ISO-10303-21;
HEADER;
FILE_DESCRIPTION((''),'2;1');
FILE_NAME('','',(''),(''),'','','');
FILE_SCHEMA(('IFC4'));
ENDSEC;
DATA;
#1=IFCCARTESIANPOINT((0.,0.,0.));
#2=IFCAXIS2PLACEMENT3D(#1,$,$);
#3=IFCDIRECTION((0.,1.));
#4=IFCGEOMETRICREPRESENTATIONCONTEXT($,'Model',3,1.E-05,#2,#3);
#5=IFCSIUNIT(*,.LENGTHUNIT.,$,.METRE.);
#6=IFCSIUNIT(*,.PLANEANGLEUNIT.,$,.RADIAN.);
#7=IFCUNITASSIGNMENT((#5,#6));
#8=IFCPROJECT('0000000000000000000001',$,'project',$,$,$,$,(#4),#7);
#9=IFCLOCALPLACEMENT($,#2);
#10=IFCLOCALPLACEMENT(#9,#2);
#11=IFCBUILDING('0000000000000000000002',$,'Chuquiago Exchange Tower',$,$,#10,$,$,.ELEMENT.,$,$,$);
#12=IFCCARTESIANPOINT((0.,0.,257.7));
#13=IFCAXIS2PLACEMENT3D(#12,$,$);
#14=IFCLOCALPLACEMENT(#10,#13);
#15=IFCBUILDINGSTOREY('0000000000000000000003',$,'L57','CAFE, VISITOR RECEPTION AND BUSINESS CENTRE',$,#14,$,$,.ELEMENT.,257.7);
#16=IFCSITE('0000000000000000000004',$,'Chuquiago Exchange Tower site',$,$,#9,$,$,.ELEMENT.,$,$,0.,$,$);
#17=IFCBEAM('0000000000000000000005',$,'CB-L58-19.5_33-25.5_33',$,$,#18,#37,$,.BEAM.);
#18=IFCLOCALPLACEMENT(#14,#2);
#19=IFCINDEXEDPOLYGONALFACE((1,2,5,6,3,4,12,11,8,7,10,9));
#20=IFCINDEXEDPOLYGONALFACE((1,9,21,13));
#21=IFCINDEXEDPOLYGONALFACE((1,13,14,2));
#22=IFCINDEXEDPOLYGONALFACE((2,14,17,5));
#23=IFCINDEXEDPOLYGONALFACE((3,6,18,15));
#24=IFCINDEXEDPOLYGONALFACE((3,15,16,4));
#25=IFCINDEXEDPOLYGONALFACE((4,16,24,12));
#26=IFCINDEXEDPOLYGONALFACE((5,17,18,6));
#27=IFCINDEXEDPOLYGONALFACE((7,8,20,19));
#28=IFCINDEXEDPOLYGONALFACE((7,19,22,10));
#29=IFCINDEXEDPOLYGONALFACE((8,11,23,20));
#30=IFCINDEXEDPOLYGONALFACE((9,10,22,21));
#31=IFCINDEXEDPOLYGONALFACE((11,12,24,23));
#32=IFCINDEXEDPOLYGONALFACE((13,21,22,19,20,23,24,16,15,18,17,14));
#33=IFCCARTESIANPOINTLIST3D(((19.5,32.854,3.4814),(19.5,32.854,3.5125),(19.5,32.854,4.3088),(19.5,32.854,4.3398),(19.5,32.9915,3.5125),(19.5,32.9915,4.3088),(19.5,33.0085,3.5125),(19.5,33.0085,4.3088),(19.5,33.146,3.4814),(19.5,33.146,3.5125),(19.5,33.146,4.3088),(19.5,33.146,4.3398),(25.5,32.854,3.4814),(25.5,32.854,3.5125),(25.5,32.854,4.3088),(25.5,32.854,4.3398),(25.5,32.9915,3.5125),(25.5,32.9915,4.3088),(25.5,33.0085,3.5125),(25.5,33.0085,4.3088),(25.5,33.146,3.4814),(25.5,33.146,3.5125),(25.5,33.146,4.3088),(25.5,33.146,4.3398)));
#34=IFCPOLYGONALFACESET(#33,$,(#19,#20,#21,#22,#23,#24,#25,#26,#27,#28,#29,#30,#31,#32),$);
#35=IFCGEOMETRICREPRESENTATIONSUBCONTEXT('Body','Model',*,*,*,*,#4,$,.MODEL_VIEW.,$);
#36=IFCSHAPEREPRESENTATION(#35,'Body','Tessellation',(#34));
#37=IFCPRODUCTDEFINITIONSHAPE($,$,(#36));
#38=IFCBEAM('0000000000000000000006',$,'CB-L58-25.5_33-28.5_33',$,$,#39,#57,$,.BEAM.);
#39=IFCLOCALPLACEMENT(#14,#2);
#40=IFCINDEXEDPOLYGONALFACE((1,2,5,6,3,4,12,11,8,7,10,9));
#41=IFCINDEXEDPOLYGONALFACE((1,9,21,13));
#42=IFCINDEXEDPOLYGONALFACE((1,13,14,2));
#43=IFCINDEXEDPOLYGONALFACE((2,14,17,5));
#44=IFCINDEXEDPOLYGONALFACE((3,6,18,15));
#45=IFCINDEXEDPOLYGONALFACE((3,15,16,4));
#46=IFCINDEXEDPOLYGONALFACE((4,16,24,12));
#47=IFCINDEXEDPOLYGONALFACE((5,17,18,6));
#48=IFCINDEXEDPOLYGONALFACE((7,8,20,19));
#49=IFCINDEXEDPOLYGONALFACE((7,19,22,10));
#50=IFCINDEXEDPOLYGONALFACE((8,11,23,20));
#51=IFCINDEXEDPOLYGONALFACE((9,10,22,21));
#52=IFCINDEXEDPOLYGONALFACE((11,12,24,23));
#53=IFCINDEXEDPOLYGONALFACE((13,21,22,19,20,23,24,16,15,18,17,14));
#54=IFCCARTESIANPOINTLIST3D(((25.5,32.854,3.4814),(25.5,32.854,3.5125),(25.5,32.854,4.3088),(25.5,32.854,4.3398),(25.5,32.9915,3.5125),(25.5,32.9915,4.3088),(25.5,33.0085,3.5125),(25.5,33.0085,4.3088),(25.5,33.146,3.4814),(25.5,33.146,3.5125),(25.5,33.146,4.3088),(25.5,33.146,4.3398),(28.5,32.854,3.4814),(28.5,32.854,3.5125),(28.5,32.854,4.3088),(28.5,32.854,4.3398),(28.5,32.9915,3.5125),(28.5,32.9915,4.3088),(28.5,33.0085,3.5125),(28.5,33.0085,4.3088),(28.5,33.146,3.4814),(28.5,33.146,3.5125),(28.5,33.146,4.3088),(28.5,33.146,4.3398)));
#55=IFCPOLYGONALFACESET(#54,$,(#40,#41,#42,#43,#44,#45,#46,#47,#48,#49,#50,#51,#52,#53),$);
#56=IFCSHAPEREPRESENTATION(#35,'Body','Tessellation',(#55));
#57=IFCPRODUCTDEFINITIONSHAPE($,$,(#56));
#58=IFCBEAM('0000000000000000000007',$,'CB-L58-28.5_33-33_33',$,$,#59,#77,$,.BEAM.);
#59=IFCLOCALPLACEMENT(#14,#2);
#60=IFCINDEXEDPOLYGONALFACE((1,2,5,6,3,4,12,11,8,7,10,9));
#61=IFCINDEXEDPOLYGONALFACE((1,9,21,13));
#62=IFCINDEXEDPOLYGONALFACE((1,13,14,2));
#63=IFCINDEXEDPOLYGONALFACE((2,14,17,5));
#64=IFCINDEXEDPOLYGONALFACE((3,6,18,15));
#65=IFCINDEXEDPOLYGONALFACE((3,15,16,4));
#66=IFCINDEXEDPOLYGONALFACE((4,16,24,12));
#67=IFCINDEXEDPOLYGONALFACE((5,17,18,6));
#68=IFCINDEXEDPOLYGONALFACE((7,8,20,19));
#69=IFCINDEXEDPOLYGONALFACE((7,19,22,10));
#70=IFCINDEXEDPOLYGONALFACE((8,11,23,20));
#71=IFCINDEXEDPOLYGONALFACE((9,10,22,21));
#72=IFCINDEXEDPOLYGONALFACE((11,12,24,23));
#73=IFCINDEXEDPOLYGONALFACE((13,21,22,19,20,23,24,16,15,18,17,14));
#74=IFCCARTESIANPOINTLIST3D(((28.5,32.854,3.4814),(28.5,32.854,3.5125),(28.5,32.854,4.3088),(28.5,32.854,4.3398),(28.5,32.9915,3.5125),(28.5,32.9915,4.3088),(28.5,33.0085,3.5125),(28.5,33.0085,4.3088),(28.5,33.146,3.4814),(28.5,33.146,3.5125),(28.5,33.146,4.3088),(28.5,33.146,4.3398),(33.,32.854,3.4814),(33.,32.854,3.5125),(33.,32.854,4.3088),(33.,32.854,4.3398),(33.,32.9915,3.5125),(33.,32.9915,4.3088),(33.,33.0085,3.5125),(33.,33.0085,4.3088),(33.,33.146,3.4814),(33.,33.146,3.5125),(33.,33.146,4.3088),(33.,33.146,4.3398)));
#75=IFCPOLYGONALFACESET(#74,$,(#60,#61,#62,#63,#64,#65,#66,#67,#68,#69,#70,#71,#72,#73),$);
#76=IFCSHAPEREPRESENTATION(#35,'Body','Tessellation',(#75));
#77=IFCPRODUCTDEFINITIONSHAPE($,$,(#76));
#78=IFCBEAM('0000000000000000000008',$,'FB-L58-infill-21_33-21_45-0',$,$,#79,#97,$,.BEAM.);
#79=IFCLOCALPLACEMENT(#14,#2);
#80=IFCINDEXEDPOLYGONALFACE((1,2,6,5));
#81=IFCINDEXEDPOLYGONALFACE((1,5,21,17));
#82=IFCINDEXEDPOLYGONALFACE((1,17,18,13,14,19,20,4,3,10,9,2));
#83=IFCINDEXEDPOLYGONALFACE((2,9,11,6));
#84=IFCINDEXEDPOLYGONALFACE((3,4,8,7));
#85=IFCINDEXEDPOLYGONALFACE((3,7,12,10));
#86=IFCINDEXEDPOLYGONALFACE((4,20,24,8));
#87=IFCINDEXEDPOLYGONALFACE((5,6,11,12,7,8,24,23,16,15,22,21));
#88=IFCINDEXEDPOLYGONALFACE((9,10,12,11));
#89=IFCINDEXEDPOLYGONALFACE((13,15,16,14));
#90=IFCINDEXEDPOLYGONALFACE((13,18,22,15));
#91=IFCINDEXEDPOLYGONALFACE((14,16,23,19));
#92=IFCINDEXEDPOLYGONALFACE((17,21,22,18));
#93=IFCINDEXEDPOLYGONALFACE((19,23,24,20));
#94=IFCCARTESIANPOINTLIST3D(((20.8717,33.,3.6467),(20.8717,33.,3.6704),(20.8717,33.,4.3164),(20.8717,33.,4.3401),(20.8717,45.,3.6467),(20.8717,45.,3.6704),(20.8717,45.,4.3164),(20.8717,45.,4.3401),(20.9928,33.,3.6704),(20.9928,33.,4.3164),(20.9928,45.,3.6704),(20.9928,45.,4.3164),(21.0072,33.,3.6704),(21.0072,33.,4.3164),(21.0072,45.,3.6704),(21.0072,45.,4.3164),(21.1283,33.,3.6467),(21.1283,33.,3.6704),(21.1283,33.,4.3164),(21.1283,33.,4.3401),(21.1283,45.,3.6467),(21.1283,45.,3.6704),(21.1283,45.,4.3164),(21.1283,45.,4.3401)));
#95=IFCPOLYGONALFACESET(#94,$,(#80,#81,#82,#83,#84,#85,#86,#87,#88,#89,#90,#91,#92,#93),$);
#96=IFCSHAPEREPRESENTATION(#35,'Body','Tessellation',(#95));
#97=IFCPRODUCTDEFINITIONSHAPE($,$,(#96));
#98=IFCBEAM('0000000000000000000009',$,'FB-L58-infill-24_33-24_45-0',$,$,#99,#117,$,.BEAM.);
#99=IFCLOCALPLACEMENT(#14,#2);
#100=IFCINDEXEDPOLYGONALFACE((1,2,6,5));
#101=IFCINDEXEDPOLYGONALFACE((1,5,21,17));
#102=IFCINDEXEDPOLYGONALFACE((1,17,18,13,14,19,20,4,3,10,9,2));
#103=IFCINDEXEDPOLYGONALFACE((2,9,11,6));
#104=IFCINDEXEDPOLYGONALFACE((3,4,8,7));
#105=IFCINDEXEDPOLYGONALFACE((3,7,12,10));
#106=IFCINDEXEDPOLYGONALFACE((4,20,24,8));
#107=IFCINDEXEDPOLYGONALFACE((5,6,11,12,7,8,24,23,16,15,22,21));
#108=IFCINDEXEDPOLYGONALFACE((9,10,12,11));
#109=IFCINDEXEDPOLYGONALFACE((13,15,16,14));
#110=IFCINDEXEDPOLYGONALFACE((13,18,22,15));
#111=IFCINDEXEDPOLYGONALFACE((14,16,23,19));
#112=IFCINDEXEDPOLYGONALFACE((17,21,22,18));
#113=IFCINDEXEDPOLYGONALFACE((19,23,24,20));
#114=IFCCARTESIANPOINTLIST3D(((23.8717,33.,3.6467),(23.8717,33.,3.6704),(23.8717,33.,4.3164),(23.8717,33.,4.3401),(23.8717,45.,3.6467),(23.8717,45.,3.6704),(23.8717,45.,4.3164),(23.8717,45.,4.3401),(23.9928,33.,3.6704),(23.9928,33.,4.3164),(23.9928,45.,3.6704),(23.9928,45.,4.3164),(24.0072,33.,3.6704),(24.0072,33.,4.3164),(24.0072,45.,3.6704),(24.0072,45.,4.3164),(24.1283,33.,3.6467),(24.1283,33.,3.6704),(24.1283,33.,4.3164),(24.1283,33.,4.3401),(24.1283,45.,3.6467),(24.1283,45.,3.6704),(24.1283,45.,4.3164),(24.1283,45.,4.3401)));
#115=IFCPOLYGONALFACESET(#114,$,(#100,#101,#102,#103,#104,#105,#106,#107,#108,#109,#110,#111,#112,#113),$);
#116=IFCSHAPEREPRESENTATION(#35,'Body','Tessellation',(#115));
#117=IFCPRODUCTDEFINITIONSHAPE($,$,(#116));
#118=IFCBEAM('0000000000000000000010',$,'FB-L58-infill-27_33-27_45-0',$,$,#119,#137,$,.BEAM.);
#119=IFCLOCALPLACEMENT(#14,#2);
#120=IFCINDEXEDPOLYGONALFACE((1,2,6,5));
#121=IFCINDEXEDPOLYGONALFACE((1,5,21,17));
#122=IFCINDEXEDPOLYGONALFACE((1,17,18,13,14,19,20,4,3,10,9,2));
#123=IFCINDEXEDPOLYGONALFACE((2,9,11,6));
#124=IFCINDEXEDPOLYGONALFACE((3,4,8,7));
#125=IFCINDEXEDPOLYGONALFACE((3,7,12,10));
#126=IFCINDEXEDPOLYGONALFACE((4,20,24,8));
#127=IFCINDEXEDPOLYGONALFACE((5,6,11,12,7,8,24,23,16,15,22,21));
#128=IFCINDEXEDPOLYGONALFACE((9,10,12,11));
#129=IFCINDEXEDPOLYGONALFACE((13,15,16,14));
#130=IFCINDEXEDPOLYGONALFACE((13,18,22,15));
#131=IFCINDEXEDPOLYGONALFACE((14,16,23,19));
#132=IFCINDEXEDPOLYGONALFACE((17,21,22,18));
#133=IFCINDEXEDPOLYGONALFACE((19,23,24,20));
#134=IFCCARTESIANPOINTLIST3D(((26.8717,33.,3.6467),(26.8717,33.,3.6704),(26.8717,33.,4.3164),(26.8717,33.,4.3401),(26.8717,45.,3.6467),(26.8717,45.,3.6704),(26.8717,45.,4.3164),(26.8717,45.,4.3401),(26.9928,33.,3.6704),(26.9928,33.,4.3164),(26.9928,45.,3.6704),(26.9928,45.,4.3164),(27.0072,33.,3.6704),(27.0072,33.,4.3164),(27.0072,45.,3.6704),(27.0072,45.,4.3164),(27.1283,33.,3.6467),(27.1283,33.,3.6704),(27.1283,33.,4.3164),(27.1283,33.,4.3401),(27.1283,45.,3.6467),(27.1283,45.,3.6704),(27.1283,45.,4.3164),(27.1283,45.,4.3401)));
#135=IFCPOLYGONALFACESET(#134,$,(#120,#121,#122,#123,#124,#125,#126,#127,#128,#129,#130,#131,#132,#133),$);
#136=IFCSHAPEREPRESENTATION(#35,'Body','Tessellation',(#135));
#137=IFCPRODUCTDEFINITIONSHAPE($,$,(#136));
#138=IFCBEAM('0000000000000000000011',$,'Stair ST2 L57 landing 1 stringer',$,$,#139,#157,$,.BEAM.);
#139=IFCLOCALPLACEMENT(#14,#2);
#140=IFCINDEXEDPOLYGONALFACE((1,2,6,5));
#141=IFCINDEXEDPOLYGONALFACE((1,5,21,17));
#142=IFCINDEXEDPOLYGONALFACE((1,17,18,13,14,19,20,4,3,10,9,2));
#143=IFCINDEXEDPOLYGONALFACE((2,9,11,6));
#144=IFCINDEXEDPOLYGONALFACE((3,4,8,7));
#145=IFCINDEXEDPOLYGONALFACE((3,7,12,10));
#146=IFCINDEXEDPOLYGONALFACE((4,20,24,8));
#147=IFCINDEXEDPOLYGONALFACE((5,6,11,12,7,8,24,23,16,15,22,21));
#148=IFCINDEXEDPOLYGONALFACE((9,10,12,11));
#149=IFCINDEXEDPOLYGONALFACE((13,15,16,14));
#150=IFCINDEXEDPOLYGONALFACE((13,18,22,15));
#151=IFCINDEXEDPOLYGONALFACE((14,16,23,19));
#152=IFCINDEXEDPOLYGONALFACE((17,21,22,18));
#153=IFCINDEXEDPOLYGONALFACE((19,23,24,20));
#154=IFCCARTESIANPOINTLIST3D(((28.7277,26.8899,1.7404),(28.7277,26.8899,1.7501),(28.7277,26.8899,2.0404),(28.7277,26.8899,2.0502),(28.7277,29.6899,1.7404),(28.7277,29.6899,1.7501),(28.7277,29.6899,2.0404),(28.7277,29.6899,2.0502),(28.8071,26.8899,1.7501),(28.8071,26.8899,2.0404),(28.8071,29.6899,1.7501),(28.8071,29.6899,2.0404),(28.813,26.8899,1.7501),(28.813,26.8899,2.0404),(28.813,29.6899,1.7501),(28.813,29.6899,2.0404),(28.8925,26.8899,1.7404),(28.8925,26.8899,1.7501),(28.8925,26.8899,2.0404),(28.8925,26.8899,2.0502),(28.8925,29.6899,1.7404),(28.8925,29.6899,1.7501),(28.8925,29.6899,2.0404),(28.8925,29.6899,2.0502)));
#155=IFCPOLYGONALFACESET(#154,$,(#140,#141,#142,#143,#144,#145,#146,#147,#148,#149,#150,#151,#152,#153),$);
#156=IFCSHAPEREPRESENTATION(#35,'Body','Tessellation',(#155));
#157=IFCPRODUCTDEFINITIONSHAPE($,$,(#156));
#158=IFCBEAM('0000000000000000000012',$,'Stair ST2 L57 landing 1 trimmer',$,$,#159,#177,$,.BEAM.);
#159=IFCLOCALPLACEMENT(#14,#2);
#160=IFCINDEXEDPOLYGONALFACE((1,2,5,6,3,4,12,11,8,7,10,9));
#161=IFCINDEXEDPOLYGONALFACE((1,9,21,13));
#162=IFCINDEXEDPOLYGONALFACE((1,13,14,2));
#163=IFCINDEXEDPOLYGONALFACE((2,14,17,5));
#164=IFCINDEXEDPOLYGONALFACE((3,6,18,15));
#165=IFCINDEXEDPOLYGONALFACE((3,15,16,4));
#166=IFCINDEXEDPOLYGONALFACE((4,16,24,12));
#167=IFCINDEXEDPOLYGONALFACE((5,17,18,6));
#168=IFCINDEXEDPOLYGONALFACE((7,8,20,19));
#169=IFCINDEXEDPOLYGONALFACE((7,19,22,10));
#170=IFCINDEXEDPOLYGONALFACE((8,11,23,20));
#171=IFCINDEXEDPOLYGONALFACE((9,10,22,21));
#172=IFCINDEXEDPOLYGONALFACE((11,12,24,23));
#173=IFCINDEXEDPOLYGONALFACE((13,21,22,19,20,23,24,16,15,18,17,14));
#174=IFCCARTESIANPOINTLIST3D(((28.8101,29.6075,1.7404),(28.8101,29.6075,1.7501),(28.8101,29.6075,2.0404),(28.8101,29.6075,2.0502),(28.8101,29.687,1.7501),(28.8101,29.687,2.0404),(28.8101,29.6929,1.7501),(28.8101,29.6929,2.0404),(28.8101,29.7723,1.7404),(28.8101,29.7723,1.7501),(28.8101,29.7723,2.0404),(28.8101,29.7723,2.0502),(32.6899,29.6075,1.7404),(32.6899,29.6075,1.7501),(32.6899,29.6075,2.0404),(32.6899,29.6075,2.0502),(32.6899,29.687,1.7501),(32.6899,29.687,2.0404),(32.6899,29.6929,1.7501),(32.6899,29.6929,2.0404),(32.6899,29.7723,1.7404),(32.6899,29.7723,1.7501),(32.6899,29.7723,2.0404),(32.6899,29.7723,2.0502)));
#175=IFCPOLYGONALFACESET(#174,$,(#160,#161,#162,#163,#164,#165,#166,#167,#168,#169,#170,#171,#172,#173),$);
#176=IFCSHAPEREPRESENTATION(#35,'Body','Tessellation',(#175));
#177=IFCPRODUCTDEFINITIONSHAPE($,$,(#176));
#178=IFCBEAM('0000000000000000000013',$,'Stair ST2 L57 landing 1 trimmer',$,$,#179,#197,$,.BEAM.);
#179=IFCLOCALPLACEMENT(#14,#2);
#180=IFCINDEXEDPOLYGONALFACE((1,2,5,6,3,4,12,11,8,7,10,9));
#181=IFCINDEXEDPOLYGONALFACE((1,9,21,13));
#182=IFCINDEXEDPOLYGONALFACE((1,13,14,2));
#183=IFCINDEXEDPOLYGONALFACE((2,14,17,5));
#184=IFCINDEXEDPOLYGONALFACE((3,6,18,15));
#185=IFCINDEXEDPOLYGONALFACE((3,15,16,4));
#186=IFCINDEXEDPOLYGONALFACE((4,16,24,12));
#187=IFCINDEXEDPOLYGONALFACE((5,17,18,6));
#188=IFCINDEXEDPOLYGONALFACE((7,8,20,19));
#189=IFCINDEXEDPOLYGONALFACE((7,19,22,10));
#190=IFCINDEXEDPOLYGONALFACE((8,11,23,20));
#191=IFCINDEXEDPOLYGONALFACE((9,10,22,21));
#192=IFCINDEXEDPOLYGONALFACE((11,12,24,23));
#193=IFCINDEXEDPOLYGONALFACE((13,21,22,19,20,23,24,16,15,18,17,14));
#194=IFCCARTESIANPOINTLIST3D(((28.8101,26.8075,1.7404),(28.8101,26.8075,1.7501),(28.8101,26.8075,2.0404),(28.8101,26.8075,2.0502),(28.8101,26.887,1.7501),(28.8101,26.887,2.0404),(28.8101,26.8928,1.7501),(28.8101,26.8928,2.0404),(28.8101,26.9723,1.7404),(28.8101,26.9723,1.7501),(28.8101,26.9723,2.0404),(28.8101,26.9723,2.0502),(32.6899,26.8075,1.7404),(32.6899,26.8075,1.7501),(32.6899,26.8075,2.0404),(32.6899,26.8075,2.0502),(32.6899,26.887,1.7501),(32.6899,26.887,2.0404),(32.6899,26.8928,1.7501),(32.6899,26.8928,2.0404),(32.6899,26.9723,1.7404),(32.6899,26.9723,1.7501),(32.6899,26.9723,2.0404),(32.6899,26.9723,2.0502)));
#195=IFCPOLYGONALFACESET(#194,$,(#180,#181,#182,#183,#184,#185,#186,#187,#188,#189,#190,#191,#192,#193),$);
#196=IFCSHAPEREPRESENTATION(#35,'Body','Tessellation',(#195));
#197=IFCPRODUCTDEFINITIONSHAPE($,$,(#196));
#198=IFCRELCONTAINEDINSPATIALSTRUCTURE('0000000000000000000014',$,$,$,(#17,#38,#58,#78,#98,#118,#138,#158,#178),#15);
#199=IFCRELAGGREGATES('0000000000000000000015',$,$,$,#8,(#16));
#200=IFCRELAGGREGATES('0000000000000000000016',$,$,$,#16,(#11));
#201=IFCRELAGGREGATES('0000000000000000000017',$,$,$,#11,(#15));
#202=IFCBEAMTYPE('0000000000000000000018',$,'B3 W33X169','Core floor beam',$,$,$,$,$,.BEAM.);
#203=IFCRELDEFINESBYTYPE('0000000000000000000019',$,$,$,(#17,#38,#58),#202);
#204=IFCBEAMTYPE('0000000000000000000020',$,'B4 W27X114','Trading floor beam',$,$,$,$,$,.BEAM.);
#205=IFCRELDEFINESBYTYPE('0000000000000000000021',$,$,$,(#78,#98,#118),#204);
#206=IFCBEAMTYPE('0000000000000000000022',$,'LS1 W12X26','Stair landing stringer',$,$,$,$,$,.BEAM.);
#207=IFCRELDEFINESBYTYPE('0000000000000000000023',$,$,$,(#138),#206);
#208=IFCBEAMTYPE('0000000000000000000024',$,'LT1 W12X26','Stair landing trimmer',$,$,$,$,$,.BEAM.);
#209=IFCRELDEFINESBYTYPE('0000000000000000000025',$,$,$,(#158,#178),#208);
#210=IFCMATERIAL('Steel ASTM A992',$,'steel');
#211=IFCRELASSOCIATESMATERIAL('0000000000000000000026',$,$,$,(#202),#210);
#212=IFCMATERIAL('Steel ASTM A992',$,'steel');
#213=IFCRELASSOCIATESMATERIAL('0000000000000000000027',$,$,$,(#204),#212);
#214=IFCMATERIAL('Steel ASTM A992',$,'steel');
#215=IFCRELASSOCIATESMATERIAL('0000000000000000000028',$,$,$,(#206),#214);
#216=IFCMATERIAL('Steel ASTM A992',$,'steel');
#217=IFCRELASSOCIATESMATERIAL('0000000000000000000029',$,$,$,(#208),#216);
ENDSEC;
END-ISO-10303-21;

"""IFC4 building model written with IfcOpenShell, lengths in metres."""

from ifc_helpers import new_model, si_unit, direction, frame, origin, origin_2d, place, context, subcontext, project, spatial, i_section, extrude, material, material_profile, profile_set, type_object, element, save


model = new_model("IFC4")

# Units and contexts
model_context = context("Model", 3, precision=1e-05, world=origin(), true_north=direction((0.0, 1.0)))
body_context = subcontext(model_context, "Body", "Model", "MODEL_VIEW")
ifc_project = project(units=[si_unit("LENGTHUNIT", "METRE"), si_unit("PLANEANGLEUNIT", "RADIAN")], contexts=[model_context])

# Site, building, storey
site_placement = place(None, origin())
site = spatial("IfcSite", under=ifc_project, at=site_placement, Name="Chuquiago Exchange Tower site", CompositionType="ELEMENT", RefElevation=0.0)
building_placement = place(site_placement, origin())
building = spatial("IfcBuilding", under=site, at=building_placement, Name="Chuquiago Exchange Tower", CompositionType="ELEMENT")
storey_placement = place(building_placement, frame((0.0, 0.0, 257.7)))
storey = spatial("IfcBuildingStorey", under=building, at=storey_placement, Name="L57", Description="CAFE, VISITOR RECEPTION AND BUSINESS CENTRE", CompositionType="ELEMENT", Elevation=257.7)

# Beams
ifc_material_1 = material(Name="Steel ASTM A992", Category="steel")
ifc_material_profile_1 = material_profile(ifc_material_1, i_section(OverallWidth=0.292, OverallDepth=0.8584, WebThickness=0.0171, FlangeThickness=0.031, at=origin_2d()), Name="W33X169")
ifc_profile_set_1 = profile_set([ifc_material_profile_1], Name="Steel ASTM A992")
beam_type_1 = type_object("IfcBeamType", Name="B3 W33X169", Description="Core floor beam", PredefinedType="BEAM", material=ifc_profile_set_1)
beam_1_placement = place(storey_placement, frame((19.5, 33.0, 3.9106), z_axis=(1.0, 0.0, 0.0), x_axis=(0.0, 1.0, 0.0)))
element("IfcBeam", 1, at=beam_1_placement, inside=storey, type_object=beam_type_1, Name="CB-L58-19.5_33-25.5_33", PredefinedType="BEAM", context=body_context, shape_type="SweptSolid", body=[
    extrude(i_section(OverallWidth=0.292, OverallDepth=0.8584, WebThickness=0.0171, FlangeThickness=0.031, at=origin_2d()), origin(), (0.0, 0.0, 1.0), 6.0),
])
beam_2_placement = place(storey_placement, frame((25.5, 33.0, 3.9106), z_axis=(1.0, 0.0, 0.0), x_axis=(0.0, 1.0, 0.0)))
element("IfcBeam", 2, at=beam_2_placement, inside=storey, type_object=beam_type_1, Name="CB-L58-25.5_33-28.5_33", PredefinedType="BEAM", context=body_context, shape_type="SweptSolid", body=[
    extrude(i_section(OverallWidth=0.292, OverallDepth=0.8584, WebThickness=0.0171, FlangeThickness=0.031, at=origin_2d()), origin(), (0.0, 0.0, 1.0), 3.0),
])
beam_3_placement = place(storey_placement, frame((28.5, 33.0, 3.9106), z_axis=(1.0, 0.0, 0.0), x_axis=(0.0, 1.0, 0.0)))
element("IfcBeam", 3, at=beam_3_placement, inside=storey, type_object=beam_type_1, Name="CB-L58-28.5_33-33_33", PredefinedType="BEAM", context=body_context, shape_type="SweptSolid", body=[
    extrude(i_section(OverallWidth=0.292, OverallDepth=0.8584, WebThickness=0.0171, FlangeThickness=0.031, at=origin_2d()), origin(), (0.0, 0.0, 1.0), 4.5),
])
ifc_material_2 = material(Name="Steel ASTM A992", Category="steel")
ifc_material_profile_2 = material_profile(ifc_material_2, i_section(OverallWidth=0.2566, OverallDepth=0.6934, WebThickness=0.0144, FlangeThickness=0.0237, at=origin_2d()), Name="W27X114")
ifc_profile_set_2 = profile_set([ifc_material_profile_2], Name="Steel ASTM A992")
beam_type_2 = type_object("IfcBeamType", Name="B4 W27X114", Description="Trading floor beam", PredefinedType="BEAM", material=ifc_profile_set_2)
for number, where, z_axis, x_axis, name in (
    (4, (21.0, 33.0, 3.9934), (0.0, 1.0, 0.0), (-1.0, 0.0, 0.0), "FB-L58-infill-21_33-21_45-0"),
    (5, (24.0, 33.0, 3.9934), (0.0, 1.0, 0.0), (-1.0, 0.0, 0.0), "FB-L58-infill-24_33-24_45-0"),
    (6, (27.0, 33.0, 3.9934), (0.0, 1.0, 0.0), (-1.0, 0.0, 0.0), "FB-L58-infill-27_33-27_45-0"),
):
    element("IfcBeam", number, at=place(storey_placement, frame(where, z_axis=z_axis, x_axis=x_axis)), inside=storey, type_object=beam_type_2, Name=name, PredefinedType="BEAM", context=body_context, shape_type="SweptSolid", body=[
        extrude(i_section(OverallWidth=0.2566, OverallDepth=0.6934, WebThickness=0.0144, FlangeThickness=0.0237, at=origin_2d()), origin(), (0.0, 0.0, 1.0), 12.0),
    ])
ifc_material_3 = material(Name="Steel ASTM A992", Category="steel")
ifc_material_profile_3 = material_profile(ifc_material_3, i_section(OverallWidth=0.1648, OverallDepth=0.3098, WebThickness=0.0059, FlangeThickness=0.0098, at=origin_2d()), Name="W12X26")
ifc_profile_set_3 = profile_set([ifc_material_profile_3], Name="Steel ASTM A992")
beam_type_3 = type_object("IfcBeamType", Name="LS1 W12X26", Description="Stair landing stringer", PredefinedType="BEAM", material=ifc_profile_set_3)
beam_4_placement = place(storey_placement, frame((28.8101, 26.8899, 1.8953), z_axis=(0.0, 1.0, 0.0), x_axis=(-1.0, 0.0, 0.0)))
element("IfcBeam", 7, at=beam_4_placement, inside=storey, type_object=beam_type_3, Name="Stair ST2 L57 landing 1 stringer", PredefinedType="BEAM", context=body_context, shape_type="SweptSolid", body=[
    extrude(i_section(OverallWidth=0.1648, OverallDepth=0.3098, WebThickness=0.0059, FlangeThickness=0.0098, at=origin_2d()), origin(), (0.0, 0.0, 1.0), 2.8),
])
ifc_material_4 = material(Name="Steel ASTM A992", Category="steel")
ifc_material_profile_4 = material_profile(ifc_material_4, i_section(OverallWidth=0.1648, OverallDepth=0.3098, WebThickness=0.0059, FlangeThickness=0.0098, at=origin_2d()), Name="W12X26")
ifc_profile_set_4 = profile_set([ifc_material_profile_4], Name="Steel ASTM A992")
beam_type_4 = type_object("IfcBeamType", Name="LT1 W12X26", Description="Stair landing trimmer", PredefinedType="BEAM", material=ifc_profile_set_4)
for number, where, z_axis, x_axis, name in (
    (8, (28.8101, 29.6899, 1.8953), (1.0, 0.0, 0.0), (0.0, 1.0, 0.0), "Stair ST2 L57 landing 1 trimmer"),
    (9, (28.8101, 26.8899, 1.8953), (1.0, 0.0, 0.0), (0.0, 1.0, 0.0), "Stair ST2 L57 landing 1 trimmer"),
):
    element("IfcBeam", number, at=place(storey_placement, frame(where, z_axis=z_axis, x_axis=x_axis)), inside=storey, type_object=beam_type_4, Name=name, PredefinedType="BEAM", context=body_context, shape_type="SweptSolid", body=[
        extrude(i_section(OverallWidth=0.1648, OverallDepth=0.3098, WebThickness=0.0059, FlangeThickness=0.0098, at=origin_2d()), origin(), (0.0, 0.0, 1.0), 3.8799),
    ])

save(model, "model.ifc")
